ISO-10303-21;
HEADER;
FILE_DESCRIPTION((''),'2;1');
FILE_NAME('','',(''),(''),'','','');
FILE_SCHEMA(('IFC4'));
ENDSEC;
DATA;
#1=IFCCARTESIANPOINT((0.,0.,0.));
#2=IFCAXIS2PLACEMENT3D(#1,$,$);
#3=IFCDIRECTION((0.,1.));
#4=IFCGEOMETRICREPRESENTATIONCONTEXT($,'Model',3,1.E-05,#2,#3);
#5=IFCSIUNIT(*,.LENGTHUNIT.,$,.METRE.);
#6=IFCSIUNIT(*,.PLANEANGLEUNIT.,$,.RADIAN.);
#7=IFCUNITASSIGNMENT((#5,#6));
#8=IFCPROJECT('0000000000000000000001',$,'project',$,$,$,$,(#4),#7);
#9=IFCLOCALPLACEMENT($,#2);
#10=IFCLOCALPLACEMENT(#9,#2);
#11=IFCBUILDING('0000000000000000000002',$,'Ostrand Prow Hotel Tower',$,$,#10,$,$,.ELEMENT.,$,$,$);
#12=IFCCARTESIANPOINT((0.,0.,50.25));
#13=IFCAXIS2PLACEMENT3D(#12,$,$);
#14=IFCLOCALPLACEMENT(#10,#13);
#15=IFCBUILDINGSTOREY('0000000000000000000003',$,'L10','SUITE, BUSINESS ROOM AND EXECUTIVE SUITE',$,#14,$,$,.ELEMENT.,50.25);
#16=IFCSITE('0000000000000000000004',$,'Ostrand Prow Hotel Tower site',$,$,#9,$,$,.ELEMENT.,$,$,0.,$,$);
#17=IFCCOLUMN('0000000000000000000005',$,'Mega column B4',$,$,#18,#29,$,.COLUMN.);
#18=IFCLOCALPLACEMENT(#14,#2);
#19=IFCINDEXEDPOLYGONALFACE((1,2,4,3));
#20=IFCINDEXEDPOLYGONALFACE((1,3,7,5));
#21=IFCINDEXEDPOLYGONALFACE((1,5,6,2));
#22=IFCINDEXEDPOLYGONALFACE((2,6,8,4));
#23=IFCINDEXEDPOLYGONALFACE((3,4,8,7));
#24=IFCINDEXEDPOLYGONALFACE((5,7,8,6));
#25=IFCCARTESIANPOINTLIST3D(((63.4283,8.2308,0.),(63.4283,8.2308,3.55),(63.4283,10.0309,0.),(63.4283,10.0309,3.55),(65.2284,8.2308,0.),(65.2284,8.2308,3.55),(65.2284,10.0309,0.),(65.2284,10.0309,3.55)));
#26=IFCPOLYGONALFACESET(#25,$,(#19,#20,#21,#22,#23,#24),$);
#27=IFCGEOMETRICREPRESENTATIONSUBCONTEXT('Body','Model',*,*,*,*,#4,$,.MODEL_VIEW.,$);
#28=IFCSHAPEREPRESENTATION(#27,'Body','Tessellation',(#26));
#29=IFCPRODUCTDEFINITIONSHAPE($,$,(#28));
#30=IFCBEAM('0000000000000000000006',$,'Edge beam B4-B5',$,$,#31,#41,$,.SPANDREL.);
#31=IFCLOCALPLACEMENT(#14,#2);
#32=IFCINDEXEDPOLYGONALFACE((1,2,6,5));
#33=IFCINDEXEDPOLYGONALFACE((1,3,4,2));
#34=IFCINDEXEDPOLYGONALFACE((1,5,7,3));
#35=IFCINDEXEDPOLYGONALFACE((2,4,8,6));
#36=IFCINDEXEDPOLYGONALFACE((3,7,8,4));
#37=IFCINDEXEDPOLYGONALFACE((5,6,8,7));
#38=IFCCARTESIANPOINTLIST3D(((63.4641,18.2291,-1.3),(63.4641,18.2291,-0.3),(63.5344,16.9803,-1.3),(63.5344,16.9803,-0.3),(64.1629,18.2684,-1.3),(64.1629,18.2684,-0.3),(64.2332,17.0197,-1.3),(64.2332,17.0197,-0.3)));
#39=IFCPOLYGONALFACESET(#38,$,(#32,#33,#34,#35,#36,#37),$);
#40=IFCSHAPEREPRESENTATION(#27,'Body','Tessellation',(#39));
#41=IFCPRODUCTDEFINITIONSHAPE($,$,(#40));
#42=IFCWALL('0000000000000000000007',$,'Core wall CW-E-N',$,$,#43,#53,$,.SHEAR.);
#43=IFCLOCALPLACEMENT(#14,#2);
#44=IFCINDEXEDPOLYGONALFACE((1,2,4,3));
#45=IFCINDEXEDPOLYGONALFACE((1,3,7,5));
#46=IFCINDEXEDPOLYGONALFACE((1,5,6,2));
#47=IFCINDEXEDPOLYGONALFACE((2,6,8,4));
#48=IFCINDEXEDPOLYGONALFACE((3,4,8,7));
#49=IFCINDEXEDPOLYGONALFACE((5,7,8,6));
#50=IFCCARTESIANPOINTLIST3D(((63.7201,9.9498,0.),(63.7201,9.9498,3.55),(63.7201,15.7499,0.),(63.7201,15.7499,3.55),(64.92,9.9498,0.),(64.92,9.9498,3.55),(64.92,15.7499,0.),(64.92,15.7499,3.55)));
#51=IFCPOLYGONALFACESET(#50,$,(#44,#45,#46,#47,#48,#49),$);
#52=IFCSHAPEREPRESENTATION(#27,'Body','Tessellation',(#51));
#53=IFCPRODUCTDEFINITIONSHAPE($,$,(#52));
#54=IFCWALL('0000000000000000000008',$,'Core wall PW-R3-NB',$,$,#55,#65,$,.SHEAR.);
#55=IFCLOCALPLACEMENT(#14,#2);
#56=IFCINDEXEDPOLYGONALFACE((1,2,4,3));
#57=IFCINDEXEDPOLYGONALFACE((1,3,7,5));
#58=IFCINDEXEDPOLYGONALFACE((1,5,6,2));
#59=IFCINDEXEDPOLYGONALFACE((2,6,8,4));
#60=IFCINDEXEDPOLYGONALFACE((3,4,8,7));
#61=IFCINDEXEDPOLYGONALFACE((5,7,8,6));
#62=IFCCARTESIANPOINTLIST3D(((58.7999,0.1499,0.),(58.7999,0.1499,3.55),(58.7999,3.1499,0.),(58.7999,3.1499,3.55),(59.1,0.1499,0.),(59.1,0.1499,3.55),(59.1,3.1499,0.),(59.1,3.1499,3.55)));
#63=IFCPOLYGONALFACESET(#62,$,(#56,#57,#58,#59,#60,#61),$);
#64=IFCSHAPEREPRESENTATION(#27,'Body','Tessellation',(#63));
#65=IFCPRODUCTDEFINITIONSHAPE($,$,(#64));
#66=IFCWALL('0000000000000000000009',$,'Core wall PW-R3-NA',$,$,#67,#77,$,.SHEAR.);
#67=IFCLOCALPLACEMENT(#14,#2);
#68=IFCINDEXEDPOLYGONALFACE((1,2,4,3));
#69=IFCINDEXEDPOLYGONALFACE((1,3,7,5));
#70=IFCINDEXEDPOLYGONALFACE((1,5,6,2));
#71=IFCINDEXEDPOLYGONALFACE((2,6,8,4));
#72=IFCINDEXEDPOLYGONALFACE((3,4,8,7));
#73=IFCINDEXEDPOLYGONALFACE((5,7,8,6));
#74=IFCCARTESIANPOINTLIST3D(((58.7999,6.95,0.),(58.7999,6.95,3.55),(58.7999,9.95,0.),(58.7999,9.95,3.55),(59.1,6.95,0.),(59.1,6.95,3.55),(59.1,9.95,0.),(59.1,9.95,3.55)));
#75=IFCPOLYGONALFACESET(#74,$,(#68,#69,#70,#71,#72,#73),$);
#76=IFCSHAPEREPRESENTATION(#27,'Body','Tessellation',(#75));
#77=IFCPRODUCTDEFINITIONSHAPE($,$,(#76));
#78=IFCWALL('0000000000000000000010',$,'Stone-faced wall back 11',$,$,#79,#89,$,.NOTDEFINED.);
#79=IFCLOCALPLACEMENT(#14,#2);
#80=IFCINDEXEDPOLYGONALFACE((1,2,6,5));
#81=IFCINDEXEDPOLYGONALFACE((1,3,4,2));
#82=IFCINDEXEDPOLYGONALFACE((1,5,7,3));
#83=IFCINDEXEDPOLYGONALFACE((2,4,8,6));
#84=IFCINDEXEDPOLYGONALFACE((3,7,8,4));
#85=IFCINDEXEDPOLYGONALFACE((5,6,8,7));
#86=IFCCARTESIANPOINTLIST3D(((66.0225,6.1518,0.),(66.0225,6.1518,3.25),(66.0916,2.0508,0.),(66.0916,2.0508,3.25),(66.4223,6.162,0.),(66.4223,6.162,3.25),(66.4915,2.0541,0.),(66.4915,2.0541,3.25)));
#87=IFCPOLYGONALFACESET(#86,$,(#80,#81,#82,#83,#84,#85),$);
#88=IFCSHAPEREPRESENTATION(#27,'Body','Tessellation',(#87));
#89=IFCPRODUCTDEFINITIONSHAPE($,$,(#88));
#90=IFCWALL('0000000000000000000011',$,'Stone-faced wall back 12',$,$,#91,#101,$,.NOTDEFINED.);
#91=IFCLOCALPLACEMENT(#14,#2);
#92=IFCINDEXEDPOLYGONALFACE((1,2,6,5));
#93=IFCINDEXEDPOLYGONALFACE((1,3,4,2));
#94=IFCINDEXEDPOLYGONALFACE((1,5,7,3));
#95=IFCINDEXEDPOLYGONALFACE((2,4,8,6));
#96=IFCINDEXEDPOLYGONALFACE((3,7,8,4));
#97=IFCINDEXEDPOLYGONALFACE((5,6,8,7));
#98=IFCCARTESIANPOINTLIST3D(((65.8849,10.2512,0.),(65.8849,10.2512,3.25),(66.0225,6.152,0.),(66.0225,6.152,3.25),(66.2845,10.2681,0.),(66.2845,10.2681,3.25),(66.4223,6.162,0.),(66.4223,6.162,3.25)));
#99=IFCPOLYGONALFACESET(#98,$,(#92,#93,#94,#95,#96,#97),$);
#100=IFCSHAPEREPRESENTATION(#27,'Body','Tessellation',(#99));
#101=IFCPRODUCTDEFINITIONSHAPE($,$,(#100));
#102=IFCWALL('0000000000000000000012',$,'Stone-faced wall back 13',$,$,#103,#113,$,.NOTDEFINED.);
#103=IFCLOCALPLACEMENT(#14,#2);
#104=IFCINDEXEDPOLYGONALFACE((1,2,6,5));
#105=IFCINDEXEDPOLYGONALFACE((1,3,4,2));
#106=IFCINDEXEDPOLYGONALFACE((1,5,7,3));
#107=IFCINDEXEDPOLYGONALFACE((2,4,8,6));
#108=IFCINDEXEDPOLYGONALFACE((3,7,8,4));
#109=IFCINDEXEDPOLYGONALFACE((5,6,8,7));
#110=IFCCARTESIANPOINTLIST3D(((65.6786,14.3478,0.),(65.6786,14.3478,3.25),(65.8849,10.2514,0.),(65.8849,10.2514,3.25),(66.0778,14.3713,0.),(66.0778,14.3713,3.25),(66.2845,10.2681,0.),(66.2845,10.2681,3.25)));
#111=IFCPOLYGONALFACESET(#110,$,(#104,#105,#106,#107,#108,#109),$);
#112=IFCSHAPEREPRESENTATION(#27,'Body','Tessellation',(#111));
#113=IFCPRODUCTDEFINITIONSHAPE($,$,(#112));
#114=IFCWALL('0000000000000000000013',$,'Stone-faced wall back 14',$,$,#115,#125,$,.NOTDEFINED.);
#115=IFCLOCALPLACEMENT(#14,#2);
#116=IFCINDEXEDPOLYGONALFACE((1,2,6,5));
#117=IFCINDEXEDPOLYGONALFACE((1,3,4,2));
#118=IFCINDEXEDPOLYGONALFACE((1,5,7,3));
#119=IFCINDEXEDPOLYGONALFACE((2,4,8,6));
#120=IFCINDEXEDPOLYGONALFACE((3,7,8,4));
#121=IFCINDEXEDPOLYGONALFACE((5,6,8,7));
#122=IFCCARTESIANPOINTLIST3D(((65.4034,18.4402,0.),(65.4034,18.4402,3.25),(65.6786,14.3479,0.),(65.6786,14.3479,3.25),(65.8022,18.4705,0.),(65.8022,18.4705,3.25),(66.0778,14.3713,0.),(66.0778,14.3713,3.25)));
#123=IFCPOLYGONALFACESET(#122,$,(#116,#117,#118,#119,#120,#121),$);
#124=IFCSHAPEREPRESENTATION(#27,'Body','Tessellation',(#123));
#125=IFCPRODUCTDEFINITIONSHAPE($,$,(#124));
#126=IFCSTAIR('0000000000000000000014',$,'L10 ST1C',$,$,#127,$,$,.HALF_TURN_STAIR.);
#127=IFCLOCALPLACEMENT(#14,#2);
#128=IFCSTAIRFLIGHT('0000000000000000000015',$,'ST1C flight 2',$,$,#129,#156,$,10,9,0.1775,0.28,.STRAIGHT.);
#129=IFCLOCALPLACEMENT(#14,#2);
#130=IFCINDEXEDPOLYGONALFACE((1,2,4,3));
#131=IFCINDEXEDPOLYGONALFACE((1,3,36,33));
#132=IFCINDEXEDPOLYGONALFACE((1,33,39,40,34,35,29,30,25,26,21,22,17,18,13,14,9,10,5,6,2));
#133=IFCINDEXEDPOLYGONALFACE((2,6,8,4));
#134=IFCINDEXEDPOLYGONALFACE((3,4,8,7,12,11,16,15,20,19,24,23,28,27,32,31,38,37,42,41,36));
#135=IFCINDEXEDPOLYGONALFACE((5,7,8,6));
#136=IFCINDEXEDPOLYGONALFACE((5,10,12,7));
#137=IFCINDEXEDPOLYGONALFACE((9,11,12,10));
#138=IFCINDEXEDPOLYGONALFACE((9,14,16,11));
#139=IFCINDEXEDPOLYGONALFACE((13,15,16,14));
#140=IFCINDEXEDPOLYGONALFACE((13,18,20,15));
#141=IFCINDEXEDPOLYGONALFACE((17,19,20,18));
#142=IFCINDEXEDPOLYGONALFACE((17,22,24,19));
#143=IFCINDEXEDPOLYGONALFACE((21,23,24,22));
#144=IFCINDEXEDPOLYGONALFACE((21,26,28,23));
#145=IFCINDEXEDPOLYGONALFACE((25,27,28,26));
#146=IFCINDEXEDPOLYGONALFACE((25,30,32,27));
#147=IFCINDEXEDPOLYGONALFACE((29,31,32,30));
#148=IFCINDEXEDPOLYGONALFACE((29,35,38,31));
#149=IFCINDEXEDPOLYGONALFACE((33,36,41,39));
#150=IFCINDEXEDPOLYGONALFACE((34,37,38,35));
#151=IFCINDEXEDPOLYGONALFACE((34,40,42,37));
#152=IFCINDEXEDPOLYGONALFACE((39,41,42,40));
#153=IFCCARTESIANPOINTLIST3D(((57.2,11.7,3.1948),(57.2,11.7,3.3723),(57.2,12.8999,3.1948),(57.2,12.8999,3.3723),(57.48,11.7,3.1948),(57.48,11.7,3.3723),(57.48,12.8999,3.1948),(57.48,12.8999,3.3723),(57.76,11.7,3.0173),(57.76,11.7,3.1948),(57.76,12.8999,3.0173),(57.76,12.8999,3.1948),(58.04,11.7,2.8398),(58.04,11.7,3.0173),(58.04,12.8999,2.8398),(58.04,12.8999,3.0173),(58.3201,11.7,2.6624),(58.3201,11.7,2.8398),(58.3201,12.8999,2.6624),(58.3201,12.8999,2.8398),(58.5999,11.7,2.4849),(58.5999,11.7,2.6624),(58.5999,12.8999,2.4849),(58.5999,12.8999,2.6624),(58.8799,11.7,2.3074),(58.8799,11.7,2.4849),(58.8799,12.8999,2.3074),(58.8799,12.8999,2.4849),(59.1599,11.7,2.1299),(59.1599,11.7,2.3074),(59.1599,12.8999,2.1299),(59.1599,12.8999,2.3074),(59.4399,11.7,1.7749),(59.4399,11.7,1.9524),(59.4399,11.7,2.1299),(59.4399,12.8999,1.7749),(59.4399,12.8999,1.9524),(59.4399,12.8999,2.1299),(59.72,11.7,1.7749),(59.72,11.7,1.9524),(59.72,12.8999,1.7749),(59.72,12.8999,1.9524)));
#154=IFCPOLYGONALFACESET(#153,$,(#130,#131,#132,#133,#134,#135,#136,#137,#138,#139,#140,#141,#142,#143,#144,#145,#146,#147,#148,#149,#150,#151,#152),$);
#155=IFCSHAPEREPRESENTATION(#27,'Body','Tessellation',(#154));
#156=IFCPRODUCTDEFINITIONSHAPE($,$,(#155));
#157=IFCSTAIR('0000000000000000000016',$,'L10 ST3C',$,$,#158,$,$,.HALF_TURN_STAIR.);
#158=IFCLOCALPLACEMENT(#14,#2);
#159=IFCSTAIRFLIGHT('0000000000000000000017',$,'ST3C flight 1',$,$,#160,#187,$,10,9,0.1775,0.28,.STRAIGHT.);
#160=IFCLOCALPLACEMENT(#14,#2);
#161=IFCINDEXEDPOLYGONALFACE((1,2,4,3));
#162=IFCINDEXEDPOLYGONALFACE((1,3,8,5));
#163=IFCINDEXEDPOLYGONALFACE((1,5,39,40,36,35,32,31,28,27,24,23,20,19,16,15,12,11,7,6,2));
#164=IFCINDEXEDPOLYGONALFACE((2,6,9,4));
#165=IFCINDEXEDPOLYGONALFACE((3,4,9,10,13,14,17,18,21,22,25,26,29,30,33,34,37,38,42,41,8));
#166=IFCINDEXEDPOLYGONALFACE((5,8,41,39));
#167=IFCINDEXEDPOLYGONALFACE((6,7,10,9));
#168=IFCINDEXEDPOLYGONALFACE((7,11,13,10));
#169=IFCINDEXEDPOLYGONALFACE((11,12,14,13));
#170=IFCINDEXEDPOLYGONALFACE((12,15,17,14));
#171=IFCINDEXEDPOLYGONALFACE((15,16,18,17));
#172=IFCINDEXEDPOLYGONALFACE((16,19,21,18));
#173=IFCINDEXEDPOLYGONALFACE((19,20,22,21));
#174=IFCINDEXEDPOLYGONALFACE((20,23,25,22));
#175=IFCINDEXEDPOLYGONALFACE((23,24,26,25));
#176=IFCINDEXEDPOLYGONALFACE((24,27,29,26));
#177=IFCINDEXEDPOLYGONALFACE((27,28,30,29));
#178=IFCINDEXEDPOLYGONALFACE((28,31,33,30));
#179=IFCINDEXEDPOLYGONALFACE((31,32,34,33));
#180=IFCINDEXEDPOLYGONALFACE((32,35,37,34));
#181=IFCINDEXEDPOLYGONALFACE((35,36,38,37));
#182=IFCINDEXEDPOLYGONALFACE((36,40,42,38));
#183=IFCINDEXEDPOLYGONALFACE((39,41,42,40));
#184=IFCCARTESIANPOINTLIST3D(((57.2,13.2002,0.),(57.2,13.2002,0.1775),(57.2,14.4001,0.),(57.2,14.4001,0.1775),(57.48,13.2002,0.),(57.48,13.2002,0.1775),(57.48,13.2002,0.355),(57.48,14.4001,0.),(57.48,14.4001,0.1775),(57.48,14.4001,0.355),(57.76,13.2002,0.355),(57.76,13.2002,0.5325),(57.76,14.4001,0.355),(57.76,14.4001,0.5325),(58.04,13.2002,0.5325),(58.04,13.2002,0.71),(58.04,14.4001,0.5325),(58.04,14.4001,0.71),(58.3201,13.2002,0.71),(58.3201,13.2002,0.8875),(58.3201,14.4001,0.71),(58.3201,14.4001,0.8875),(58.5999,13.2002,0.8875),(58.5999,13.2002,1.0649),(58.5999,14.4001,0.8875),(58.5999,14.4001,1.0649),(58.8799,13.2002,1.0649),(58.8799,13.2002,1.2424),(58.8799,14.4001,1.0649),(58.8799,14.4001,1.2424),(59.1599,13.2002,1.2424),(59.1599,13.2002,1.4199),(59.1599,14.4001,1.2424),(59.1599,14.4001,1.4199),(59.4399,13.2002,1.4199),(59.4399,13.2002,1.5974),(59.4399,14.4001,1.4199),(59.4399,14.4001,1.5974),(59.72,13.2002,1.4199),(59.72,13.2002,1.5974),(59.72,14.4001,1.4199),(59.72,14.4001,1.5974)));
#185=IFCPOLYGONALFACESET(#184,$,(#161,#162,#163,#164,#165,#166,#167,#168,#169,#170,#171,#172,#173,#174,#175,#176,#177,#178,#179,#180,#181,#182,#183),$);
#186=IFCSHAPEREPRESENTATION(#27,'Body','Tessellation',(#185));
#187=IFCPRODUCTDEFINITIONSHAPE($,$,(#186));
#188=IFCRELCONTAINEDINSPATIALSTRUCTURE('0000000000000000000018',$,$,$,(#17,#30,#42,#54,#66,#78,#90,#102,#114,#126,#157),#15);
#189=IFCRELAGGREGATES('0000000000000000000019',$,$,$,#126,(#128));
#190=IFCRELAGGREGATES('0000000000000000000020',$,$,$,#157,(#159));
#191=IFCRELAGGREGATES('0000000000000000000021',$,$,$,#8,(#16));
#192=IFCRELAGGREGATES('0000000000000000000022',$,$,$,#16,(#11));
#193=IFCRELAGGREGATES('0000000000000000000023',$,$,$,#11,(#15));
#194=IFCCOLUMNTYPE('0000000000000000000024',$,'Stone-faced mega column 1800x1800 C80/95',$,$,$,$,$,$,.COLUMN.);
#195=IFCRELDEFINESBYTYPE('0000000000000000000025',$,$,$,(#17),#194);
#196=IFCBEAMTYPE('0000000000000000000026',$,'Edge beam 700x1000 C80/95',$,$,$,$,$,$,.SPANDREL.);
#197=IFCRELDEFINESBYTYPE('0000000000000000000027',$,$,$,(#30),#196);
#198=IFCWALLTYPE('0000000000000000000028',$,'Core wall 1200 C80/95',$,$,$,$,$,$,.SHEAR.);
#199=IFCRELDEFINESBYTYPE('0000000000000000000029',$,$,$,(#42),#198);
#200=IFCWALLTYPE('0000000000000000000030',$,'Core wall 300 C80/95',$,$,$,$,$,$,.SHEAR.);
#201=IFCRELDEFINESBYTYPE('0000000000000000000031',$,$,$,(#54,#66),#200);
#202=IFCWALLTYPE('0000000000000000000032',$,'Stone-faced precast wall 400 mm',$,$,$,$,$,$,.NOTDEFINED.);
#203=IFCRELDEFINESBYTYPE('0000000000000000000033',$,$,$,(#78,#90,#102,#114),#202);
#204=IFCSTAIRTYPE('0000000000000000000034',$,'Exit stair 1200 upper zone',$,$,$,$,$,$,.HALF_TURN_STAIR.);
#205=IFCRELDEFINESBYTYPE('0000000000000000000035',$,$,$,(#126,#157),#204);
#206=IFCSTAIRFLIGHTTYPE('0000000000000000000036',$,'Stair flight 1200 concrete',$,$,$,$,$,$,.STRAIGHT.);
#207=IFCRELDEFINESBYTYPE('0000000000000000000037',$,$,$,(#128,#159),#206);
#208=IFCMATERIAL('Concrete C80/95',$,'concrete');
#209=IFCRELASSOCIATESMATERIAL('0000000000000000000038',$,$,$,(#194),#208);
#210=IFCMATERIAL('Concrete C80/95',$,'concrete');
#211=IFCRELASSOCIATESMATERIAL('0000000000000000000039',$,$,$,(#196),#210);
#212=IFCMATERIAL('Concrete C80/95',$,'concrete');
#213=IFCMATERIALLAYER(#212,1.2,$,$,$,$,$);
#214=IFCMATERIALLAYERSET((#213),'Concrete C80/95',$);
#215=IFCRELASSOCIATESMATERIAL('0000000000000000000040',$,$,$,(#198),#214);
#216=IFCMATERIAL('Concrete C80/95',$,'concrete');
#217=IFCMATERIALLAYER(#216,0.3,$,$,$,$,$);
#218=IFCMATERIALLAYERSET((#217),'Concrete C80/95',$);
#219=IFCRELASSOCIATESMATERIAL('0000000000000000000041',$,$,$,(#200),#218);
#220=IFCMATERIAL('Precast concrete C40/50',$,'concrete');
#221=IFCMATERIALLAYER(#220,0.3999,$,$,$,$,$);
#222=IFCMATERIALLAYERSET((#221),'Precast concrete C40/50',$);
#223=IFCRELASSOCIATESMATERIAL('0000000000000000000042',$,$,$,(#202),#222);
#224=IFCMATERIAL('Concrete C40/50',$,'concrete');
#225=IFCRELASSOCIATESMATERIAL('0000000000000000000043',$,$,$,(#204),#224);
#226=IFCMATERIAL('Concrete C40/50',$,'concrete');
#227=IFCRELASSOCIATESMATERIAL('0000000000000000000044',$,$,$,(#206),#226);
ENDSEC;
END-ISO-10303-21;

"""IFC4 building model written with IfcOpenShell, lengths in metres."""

from ifc_helpers import new_model, si_unit, direction, frame, frame_2d, origin, origin_2d, place, context, subcontext, project, spatial, polyline, rectangle, outline, extrude, material, layer, layer_set, material_profile, profile_set, type_object, element, aggregate, save


model = new_model("IFC4")

# Units and contexts
model_context = context("Model", 3, precision=1e-05, world=origin(), true_north=direction((0.0, 1.0)))
body_context = subcontext(model_context, "Body", "Model", "MODEL_VIEW")
ifc_project = project(units=[si_unit("LENGTHUNIT", "METRE"), si_unit("PLANEANGLEUNIT", "RADIAN")], contexts=[model_context])

# Site, building, storey
site_placement = place(None, origin())
site = spatial("IfcSite", under=ifc_project, at=site_placement, Name="Ostrand Prow Hotel Tower site", CompositionType="ELEMENT", RefElevation=0.0)
building_placement = place(site_placement, origin())
building = spatial("IfcBuilding", under=site, at=building_placement, Name="Ostrand Prow Hotel Tower", CompositionType="ELEMENT")
storey_placement = place(building_placement, frame((0.0, 0.0, 50.25)))
storey = spatial("IfcBuildingStorey", under=building, at=storey_placement, Name="L10", Description="SUITE, BUSINESS ROOM AND EXECUTIVE SUITE", CompositionType="ELEMENT", Elevation=50.25)

# Column
ifc_material_1 = material(Name="Concrete C80/95", Category="concrete")
ifc_material_profile_1 = material_profile(ifc_material_1, rectangle(XDim=1.8, YDim=1.8, at=origin_2d()), Name="RC 1800x1800")
ifc_profile_set_1 = profile_set([ifc_material_profile_1], Name="Concrete C80/95")
column_type = type_object("IfcColumnType", Name="Stone-faced mega column 1800x1800 C80/95", PredefinedType="COLUMN", material=ifc_profile_set_1)
column_placement = place(storey_placement, frame((64.3284, 9.1309, 0.0), z_axis=(0.0, 0.0, 1.0), x_axis=(1.0, 0.0, 0.0)))
element("IfcColumn", 1, at=column_placement, inside=storey, type_object=column_type, Name="Mega column B4", PredefinedType="COLUMN", context=body_context, shape_type="SweptSolid", body=[
    extrude(rectangle(XDim=1.8, YDim=1.8, at=origin_2d()), origin(), (0.0, 0.0, 1.0), 3.55),
])

# Beam
ifc_material_2 = material(Name="Concrete C80/95", Category="concrete")
ifc_material_profile_2 = material_profile(ifc_material_2, rectangle(XDim=0.7, YDim=1.0, at=origin_2d()), Name="RC 700x1000")
ifc_profile_set_2 = profile_set([ifc_material_profile_2], Name="Concrete C80/95")
beam_type = type_object("IfcBeamType", Name="Edge beam 700x1000 C80/95", PredefinedType="SPANDREL", material=ifc_profile_set_2)
beam_placement = place(storey_placement, frame((63.8838, 17.0, -0.8), z_axis=(-0.056216, 0.998419, 0.0), x_axis=(-0.998419, -0.056216, 0.0)))
element("IfcBeam", 2, at=beam_placement, inside=storey, type_object=beam_type, Name="Edge beam B4-B5", PredefinedType="SPANDREL", context=body_context, shape_type="SweptSolid", body=[
    extrude(rectangle(XDim=0.7, YDim=1.0, at=origin_2d()), origin(), (0.0, 0.0, 1.0), 1.2507),
])

# Walls
ifc_material_3 = material(Name="Concrete C80/95", Category="concrete")
ifc_layer_1 = layer(ifc_material_3, 1.2)
ifc_layer_set_1 = layer_set([ifc_layer_1], Name="Concrete C80/95")
wall_type_1 = type_object("IfcWallType", Name="Core wall 1200 C80/95", PredefinedType="SHEAR", material=ifc_layer_set_1)
wall_placement = place(storey_placement, frame((64.3201, 9.95, 0.0), z_axis=(0.0, 0.0, 1.0), x_axis=(0.0, 1.0, 0.0)))
element("IfcWall", 3, at=wall_placement, inside=storey, type_object=wall_type_1, Name="Core wall CW-E-N", PredefinedType="SHEAR", context=body_context, shape_type="SweptSolid", body=[
    extrude(rectangle(XDim=5.8, YDim=1.2, at=frame_2d((2.8999, 0.0))), origin(), (0.0, 0.0, 1.0), 3.55),
])
ifc_material_4 = material(Name="Concrete C80/95", Category="concrete")
ifc_layer_2 = layer(ifc_material_4, 0.3)
ifc_layer_set_2 = layer_set([ifc_layer_2], Name="Concrete C80/95")
wall_type_2 = type_object("IfcWallType", Name="Core wall 300 C80/95", PredefinedType="SHEAR", material=ifc_layer_set_2)
for number, where, z_axis, x_axis, name in (
    (4, (58.95, 0.1499, 0.0), (0.0, 0.0, 1.0), (0.0, 1.0, 0.0), "Core wall PW-R3-NB"),
    (5, (58.95, 6.95, 0.0), (0.0, 0.0, 1.0), (0.0, 1.0, 0.0), "Core wall PW-R3-NA"),
):
    element("IfcWall", number, at=place(storey_placement, frame(where, z_axis=z_axis, x_axis=x_axis)), inside=storey, type_object=wall_type_2, Name=name, PredefinedType="SHEAR", context=body_context, shape_type="SweptSolid", body=[
        extrude(rectangle(XDim=3.0, YDim=0.3, at=frame_2d((1.5, 0.0))), origin(), (0.0, 0.0, 1.0), 3.55),
    ])
ifc_material_5 = material(Name="Precast concrete C40/50", Category="concrete")
ifc_layer_3 = layer(ifc_material_5, 0.3999)
ifc_layer_set_3 = layer_set([ifc_layer_3], Name="Precast concrete C40/50")
wall_type_3 = type_object("IfcWallType", Name="Stone-faced precast wall 400 mm", PredefinedType="NOTDEFINED", material=ifc_layer_set_3)
for number, where, z_axis, x_axis, name in (
    (6, (66.2915, 2.0525, 0.0), (0.0, 0.0, 1.0), (-0.016831, 0.999858, 0.0), "Stone-faced wall back 11"),
    (7, (66.2224, 6.157, 0.0), (0.0, 0.0, 1.0), (-0.033543, 0.999437, 0.0), "Stone-faced wall back 12"),
    (8, (66.0847, 10.2598, 0.0), (0.0, 0.0, 1.0), (-0.050314, 0.998733, 0.0), "Stone-faced wall back 13"),
    (9, (65.8782, 14.3596, 0.0), (0.0, 0.0, 1.0), (-0.067087, 0.997747, 0.0), "Stone-faced wall back 14"),
):
    element("IfcWall", number, at=place(storey_placement, frame(where, z_axis=z_axis, x_axis=x_axis)), inside=storey, type_object=wall_type_3, Name=name, PredefinedType="NOTDEFINED", context=body_context, shape_type="SweptSolid", body=[
        extrude(outline(polyline([(-0.0017, -0.2), (4.1067, -0.2), (4.1033, 0.2), (0.0017, 0.2), (-0.0017, -0.2)])), origin(), (0.0, 0.0, 1.0), 3.25),
    ])

# Stair, stair flight
ifc_material_6 = material(Name="Concrete C40/50", Category="concrete")
stair_type = type_object("IfcStairType", Name="Exit stair 1200 upper zone", PredefinedType="HALF_TURN_STAIR", material=ifc_material_6)
stair_1_placement = place(storey_placement, origin())
stair_1 = element("IfcStair", 10, at=stair_1_placement, inside=storey, type_object=stair_type, Name="L10 ST1C", PredefinedType="HALF_TURN_STAIR")
ifc_material_7 = material(Name="Concrete C40/50", Category="concrete")
stair_flight_type = type_object("IfcStairFlightType", Name="Stair flight 1200 concrete", PredefinedType="STRAIGHT", material=ifc_material_7)
stair_flight_1_placement = place(storey_placement, frame((59.72, 12.3, 1.7749), z_axis=(0.0, 0.0, 1.0), x_axis=(-1.0, 0.0, 0.0)))
stair_flight_1 = element("IfcStairFlight", 11, at=stair_flight_1_placement, type_object=stair_flight_type, Name="ST1C flight 2", NumberOfRisers=10, NumberOfTreads=9, PredefinedType="STRAIGHT", RiserHeight=0.1775, TreadLength=0.28, context=body_context, shape_type="SweptSolid", body=[
    extrude(outline(polyline([(0.0, 0.0), (0.0, 0.1775), (0.28, 0.1775), (0.28, 0.355), (0.5601, 0.355), (0.5601, 0.5325), (0.8401, 0.5325), (0.8401, 0.71), (1.1201, 0.71), (1.1201, 0.8875), (1.3999, 0.8875), (1.3999, 1.0649), (1.6799, 1.0649), (1.6799, 1.2424), (1.96, 1.2424), (1.96, 1.4199), (2.24, 1.4199), (2.24, 1.5974), (2.52, 1.5974), (2.52, 1.7749), (2.52, 1.4199), (0.28, 0.0), (0.0, 0.0)])), frame((0.0, 0.6001, 0.0), z_axis=(0.0, -1.0, 0.0), x_axis=(1.0, 0.0, 0.0)), (0.0, 0.0, 1.0), 1.2),
])
aggregate(stair_1, [stair_flight_1])

# Stair, stair flight
stair_2_placement = place(storey_placement, origin())
stair_2 = element("IfcStair", 12, at=stair_2_placement, inside=storey, type_object=stair_type, Name="L10 ST3C", PredefinedType="HALF_TURN_STAIR")
stair_flight_2_placement = place(storey_placement, frame((57.2, 13.8, 0.0), z_axis=(0.0, 0.0, 1.0), x_axis=(1.0, 0.0, 0.0)))
stair_flight_2 = element("IfcStairFlight", 13, at=stair_flight_2_placement, type_object=stair_flight_type, Name="ST3C flight 1", NumberOfRisers=10, NumberOfTreads=9, PredefinedType="STRAIGHT", RiserHeight=0.1775, TreadLength=0.28, context=body_context, shape_type="SweptSolid", body=[
    extrude(outline(polyline([(0.0, 0.0), (0.0, 0.1775), (0.28, 0.1775), (0.28, 0.355), (0.5601, 0.355), (0.5601, 0.5325), (0.8401, 0.5325), (0.8401, 0.71), (1.1201, 0.71), (1.1201, 0.8875), (1.3999, 0.8875), (1.3999, 1.0649), (1.6799, 1.0649), (1.6799, 1.2424), (1.96, 1.2424), (1.96, 1.4199), (2.24, 1.4199), (2.24, 1.5974), (2.52, 1.5974), (2.52, 1.7749), (2.52, 1.4199), (0.28, 0.0), (0.0, 0.0)])), frame((0.0, 0.6001, 0.0), z_axis=(0.0, -1.0, 0.0), x_axis=(1.0, 0.0, 0.0)), (0.0, 0.0, 1.0), 1.2),
])
aggregate(stair_2, [stair_flight_2])

save(model, "model.ifc")
